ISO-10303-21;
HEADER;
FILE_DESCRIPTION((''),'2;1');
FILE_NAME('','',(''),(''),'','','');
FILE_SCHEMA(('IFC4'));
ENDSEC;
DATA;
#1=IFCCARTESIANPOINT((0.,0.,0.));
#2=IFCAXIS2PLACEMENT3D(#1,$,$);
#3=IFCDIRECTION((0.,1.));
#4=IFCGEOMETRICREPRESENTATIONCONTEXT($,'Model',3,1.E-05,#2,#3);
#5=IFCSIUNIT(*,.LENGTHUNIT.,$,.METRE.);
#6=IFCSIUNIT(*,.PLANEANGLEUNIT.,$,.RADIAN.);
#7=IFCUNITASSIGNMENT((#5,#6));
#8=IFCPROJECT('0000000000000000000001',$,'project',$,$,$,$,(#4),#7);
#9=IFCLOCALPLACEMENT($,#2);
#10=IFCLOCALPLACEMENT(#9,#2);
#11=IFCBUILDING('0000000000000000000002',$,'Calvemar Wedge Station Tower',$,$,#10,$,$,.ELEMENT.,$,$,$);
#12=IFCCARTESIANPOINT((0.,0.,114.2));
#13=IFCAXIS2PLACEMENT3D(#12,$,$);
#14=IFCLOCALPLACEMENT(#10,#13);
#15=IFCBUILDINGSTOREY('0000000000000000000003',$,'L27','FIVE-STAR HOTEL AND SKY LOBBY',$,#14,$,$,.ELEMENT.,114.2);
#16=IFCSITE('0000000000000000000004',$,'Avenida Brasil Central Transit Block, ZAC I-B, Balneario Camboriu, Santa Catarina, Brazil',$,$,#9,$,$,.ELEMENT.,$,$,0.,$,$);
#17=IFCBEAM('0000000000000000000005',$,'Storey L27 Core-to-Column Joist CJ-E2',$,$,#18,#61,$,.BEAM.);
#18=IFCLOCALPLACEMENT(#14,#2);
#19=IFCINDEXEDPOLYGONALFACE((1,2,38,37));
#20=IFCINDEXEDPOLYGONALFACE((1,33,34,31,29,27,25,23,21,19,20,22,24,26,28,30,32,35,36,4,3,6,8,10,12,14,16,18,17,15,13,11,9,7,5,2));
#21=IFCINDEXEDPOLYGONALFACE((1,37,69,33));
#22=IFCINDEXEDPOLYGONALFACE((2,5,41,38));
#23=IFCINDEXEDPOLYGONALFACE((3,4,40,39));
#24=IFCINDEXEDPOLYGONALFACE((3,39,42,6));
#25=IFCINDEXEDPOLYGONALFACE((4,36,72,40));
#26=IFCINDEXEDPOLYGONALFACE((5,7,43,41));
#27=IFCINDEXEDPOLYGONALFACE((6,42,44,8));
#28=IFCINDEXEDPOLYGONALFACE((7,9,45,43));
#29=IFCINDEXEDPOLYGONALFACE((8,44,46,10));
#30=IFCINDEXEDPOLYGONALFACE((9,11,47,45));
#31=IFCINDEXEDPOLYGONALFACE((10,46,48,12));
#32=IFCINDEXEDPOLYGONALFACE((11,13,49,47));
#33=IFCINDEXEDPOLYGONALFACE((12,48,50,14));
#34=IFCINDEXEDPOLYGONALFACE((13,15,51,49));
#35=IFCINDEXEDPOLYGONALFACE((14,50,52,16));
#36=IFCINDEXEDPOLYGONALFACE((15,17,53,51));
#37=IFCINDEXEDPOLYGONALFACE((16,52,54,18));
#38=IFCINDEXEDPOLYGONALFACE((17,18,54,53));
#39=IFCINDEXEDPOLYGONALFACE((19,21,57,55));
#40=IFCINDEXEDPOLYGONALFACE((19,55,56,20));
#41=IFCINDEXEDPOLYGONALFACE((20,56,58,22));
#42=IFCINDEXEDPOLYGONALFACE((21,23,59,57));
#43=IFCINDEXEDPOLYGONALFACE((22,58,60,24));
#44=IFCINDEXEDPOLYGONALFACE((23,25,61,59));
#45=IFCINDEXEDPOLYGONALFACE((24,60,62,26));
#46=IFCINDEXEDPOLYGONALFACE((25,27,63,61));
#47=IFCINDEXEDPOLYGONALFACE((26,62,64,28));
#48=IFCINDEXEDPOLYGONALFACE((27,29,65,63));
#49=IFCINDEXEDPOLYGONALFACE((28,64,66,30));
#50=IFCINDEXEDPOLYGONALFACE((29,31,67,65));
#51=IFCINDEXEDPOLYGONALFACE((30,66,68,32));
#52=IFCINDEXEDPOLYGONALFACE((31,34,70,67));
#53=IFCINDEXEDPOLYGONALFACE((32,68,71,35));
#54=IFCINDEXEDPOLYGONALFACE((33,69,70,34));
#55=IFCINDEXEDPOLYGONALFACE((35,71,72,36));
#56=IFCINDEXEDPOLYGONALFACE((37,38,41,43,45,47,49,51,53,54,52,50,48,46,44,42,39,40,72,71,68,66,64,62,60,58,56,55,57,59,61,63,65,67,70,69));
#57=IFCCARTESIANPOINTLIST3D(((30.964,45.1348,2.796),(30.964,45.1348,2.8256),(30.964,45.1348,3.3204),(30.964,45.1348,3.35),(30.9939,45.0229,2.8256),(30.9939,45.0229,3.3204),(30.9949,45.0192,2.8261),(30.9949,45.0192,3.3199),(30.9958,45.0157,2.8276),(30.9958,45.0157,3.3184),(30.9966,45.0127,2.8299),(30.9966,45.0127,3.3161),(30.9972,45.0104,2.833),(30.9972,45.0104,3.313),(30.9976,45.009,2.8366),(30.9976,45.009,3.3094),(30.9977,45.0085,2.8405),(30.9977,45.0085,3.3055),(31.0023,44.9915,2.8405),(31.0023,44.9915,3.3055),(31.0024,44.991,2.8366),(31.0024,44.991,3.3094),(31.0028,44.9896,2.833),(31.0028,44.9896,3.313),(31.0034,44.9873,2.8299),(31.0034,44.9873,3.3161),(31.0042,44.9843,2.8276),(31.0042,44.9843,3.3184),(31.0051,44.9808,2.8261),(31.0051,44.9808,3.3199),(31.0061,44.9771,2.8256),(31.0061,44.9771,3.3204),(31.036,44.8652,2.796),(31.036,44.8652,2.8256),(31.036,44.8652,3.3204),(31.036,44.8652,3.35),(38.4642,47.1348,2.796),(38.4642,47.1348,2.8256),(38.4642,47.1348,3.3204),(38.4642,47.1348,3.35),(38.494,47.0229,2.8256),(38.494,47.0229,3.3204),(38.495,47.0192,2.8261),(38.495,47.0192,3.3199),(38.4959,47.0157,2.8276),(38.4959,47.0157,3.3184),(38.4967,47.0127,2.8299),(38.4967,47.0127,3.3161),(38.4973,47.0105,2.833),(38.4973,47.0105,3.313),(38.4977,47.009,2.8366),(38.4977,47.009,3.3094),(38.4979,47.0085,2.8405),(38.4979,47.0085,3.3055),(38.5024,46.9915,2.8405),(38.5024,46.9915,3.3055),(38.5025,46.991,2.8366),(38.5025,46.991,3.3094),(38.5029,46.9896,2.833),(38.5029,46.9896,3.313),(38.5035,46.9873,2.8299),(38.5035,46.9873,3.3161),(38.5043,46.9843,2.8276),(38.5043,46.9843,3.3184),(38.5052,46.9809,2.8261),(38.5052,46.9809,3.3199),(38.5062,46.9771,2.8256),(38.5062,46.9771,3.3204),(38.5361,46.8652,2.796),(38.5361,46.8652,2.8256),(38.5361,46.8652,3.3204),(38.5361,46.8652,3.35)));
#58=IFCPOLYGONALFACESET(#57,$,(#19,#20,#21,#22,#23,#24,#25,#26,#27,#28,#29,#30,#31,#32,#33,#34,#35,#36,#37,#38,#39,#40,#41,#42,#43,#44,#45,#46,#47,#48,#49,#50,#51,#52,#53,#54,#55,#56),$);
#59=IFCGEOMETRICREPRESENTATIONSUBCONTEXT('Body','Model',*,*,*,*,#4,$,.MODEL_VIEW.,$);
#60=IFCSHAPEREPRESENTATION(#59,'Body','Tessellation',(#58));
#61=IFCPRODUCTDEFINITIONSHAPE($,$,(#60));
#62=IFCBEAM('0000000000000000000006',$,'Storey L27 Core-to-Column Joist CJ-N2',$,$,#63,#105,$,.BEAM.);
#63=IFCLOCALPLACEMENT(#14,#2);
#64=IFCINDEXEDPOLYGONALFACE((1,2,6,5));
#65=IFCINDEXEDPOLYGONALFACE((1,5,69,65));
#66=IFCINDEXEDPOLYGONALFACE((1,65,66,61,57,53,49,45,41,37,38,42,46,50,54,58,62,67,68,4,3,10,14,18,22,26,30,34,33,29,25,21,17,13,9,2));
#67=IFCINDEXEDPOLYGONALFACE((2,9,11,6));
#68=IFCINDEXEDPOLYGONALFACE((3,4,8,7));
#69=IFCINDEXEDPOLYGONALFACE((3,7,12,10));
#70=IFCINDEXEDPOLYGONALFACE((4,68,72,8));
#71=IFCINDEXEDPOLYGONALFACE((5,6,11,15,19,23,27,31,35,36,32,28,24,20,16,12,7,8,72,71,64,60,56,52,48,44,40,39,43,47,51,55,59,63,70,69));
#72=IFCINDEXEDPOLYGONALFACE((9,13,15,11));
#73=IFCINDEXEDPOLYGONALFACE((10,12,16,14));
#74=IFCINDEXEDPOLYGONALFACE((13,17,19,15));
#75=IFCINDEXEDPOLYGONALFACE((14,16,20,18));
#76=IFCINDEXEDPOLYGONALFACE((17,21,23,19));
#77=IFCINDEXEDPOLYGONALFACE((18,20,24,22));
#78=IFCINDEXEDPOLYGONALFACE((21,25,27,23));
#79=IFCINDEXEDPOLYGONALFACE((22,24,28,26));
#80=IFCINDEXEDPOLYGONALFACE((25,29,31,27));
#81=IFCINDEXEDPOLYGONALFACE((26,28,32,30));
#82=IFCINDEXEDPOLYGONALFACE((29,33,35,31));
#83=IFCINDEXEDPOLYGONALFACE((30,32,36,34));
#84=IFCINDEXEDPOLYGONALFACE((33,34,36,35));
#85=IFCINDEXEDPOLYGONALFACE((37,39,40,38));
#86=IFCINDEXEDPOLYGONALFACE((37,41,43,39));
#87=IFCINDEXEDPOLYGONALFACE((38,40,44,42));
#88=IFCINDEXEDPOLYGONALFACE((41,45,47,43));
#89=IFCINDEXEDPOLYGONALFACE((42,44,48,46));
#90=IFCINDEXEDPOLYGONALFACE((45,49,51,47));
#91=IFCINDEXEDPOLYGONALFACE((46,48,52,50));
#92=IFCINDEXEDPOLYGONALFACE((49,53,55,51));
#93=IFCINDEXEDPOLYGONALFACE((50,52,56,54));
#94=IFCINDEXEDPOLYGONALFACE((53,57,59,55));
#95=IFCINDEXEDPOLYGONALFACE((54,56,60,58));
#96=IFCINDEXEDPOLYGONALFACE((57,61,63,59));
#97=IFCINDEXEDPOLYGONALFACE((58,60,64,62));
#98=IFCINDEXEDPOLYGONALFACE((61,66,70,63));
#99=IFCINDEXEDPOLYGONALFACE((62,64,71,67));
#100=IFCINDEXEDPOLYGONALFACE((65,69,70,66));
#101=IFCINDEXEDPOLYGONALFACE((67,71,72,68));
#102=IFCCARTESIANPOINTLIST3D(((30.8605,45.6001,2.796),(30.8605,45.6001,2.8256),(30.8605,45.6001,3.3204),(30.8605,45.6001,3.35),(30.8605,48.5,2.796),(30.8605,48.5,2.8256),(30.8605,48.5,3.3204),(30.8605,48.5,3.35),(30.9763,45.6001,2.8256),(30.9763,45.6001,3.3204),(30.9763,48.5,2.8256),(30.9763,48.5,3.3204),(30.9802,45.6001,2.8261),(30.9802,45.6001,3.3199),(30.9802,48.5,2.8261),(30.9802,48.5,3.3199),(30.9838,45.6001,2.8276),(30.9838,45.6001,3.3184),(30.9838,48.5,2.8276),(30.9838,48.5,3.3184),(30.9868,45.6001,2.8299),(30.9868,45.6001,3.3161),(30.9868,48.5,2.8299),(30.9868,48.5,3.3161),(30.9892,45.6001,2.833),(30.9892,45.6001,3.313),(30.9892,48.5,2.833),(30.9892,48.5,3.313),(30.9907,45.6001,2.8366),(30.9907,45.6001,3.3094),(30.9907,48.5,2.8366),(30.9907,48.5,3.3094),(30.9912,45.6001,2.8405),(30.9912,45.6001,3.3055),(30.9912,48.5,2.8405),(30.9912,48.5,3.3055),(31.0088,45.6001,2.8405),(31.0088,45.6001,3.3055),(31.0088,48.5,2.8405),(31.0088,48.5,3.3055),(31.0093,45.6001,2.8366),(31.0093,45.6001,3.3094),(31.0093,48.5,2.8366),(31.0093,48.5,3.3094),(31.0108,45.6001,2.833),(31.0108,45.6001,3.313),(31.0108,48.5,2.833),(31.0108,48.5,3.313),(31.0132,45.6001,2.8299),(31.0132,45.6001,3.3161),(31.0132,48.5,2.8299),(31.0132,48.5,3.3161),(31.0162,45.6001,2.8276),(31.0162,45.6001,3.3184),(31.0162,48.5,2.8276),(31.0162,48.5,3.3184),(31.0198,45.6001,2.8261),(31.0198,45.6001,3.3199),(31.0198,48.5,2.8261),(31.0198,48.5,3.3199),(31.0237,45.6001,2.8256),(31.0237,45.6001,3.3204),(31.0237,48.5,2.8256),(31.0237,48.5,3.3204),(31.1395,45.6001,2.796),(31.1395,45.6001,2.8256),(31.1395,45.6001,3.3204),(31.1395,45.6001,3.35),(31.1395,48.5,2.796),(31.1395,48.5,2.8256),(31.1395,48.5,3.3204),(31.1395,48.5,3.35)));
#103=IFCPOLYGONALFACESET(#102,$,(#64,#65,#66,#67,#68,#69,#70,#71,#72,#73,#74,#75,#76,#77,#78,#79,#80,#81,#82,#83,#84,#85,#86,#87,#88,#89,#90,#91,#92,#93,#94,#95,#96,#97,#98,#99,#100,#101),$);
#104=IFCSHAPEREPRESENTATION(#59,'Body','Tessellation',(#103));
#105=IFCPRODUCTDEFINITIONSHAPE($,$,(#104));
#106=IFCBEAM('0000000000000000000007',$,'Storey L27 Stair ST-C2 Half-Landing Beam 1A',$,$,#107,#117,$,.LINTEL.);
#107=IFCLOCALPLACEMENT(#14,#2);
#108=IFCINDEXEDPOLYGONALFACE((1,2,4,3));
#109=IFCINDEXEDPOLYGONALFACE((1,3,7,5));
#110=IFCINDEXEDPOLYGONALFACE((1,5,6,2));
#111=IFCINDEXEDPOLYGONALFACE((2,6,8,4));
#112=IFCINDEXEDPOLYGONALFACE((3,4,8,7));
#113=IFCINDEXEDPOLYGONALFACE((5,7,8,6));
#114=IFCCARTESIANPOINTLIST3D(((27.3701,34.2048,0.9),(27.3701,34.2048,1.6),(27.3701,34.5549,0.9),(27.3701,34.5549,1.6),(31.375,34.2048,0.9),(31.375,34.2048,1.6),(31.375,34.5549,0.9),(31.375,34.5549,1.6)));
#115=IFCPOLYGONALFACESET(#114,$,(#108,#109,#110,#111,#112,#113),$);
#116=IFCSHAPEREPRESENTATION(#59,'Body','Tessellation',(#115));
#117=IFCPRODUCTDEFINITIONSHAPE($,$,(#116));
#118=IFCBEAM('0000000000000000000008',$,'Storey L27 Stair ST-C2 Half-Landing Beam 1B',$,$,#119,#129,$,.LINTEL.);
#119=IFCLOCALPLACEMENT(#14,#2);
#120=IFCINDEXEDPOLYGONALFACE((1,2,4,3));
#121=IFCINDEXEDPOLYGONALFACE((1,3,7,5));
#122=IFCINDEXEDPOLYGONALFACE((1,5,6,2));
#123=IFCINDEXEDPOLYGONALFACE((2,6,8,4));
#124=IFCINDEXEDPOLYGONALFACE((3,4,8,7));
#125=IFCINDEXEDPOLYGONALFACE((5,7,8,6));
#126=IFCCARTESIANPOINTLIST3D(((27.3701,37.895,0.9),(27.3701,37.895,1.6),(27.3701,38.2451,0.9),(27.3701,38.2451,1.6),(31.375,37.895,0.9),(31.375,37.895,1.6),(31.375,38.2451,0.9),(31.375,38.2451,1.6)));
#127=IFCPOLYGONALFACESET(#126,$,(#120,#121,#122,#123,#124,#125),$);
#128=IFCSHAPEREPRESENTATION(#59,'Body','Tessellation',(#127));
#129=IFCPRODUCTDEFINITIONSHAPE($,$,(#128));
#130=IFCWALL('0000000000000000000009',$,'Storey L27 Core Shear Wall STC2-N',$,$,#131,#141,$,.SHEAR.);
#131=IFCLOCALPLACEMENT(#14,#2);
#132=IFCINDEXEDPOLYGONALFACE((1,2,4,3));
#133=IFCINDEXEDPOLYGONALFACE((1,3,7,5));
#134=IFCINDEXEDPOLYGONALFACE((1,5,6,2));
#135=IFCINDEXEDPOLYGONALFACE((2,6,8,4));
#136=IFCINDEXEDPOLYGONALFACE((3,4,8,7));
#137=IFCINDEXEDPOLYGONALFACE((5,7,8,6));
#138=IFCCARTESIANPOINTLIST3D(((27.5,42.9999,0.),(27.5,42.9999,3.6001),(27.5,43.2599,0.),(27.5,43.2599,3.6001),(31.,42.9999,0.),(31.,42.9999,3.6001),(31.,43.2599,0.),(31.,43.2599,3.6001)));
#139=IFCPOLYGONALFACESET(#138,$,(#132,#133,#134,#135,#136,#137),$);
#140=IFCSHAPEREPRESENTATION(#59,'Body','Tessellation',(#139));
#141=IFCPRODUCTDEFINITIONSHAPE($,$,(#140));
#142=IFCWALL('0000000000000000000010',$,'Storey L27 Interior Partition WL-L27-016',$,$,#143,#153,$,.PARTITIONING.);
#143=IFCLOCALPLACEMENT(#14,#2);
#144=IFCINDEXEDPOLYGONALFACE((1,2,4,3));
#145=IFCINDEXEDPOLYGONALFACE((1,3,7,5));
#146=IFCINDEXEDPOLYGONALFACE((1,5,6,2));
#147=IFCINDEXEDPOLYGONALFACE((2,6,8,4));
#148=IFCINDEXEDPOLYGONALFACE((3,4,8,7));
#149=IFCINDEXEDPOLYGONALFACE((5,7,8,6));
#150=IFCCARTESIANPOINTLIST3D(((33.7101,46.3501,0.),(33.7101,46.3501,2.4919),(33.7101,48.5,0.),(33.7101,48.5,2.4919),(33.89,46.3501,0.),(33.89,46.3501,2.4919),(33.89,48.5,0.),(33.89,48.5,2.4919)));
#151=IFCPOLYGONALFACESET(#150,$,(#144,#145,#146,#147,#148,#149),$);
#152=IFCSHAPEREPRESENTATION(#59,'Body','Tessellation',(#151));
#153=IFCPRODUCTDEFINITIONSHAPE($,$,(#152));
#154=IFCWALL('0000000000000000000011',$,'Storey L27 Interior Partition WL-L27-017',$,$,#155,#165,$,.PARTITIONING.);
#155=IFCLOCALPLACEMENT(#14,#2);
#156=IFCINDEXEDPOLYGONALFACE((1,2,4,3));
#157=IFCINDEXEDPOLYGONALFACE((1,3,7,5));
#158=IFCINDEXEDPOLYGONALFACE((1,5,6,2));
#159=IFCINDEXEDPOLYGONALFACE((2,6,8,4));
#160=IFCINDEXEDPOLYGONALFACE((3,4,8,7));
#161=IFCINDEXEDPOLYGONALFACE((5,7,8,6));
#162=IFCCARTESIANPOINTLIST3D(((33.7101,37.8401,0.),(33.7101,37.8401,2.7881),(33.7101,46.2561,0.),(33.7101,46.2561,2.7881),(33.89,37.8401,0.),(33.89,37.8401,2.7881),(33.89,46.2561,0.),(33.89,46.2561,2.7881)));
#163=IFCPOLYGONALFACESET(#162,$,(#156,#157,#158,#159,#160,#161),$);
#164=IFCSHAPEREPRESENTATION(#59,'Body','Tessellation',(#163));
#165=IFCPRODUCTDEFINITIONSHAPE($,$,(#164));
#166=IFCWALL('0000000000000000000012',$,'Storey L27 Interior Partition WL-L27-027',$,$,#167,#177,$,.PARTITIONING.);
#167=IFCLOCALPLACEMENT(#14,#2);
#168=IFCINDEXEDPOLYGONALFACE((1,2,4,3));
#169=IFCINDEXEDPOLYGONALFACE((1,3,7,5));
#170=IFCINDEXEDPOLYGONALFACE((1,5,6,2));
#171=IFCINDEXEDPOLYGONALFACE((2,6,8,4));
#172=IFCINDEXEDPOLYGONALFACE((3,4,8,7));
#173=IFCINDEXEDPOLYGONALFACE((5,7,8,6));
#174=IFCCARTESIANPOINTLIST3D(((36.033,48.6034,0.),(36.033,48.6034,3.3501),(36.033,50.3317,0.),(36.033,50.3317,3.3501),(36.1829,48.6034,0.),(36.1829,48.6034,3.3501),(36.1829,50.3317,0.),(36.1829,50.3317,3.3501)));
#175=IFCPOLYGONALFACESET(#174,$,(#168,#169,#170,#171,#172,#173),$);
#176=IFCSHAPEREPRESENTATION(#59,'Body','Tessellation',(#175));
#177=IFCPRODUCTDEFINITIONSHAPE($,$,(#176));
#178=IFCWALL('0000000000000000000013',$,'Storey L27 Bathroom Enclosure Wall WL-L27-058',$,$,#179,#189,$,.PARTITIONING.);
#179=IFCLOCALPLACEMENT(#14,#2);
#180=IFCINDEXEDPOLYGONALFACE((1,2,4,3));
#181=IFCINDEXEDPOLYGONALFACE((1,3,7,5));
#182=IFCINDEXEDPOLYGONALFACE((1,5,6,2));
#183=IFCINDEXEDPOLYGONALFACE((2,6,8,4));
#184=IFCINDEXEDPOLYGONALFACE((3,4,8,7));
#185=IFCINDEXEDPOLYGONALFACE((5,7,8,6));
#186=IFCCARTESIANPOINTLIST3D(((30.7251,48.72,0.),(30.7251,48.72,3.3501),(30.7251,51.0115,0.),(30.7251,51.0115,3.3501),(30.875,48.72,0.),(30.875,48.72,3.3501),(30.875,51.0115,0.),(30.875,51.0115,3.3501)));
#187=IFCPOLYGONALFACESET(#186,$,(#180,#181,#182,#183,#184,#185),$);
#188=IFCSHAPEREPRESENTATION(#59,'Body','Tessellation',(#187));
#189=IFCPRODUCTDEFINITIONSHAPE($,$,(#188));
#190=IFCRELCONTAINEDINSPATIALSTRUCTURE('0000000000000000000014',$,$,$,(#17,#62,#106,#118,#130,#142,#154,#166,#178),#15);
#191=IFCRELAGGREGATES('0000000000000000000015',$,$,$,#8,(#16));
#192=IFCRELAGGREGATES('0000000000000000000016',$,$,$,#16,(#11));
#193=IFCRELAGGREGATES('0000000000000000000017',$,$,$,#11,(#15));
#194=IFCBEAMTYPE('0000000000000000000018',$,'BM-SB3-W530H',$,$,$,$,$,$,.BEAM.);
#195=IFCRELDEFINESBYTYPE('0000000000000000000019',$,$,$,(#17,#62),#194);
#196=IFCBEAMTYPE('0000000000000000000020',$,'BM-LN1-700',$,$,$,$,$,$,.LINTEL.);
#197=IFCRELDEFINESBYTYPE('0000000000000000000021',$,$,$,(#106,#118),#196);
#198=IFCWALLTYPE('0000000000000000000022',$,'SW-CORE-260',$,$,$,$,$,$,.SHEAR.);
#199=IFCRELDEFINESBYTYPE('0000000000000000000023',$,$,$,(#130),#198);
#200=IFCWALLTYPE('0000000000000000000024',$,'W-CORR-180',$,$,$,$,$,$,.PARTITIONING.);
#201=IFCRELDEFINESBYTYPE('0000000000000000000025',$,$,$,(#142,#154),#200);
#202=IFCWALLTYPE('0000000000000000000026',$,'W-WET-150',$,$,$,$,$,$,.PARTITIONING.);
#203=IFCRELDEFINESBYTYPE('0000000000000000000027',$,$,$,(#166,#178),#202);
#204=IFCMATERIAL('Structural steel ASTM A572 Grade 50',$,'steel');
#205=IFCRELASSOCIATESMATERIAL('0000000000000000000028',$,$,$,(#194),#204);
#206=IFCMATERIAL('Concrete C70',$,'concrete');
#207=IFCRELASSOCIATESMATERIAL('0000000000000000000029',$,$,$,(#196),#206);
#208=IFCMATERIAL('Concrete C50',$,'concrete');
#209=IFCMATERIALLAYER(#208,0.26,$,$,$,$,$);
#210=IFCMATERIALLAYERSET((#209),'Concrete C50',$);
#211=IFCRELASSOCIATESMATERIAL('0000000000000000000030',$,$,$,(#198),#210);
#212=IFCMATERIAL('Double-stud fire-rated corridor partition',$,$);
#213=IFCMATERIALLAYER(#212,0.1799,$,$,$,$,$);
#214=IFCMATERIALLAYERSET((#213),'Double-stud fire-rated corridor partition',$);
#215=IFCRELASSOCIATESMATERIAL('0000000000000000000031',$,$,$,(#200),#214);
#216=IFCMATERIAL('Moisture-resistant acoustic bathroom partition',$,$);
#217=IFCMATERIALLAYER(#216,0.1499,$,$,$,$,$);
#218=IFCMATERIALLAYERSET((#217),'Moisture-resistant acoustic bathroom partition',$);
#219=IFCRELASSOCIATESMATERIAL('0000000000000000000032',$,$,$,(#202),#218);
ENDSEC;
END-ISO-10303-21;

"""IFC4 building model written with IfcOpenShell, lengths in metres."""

from ifc_helpers import new_model, si_unit, direction, frame, frame_2d, origin, origin_2d, place, context, subcontext, project, spatial, rectangle, i_section, extrude, source, transform, mapped, material, layer, layer_set, material_profile, profile_set, type_object, element, save


model = new_model("IFC4")

# Units and contexts
model_context = context("Model", 3, precision=1e-05, world=origin(), true_north=direction((0.0, 1.0)))
body_context = subcontext(model_context, "Body", "Model", "MODEL_VIEW")
ifc_project = project(units=[si_unit("LENGTHUNIT", "METRE"), si_unit("PLANEANGLEUNIT", "RADIAN")], contexts=[model_context])

# Site, building, storey
site_placement = place(None, origin())
site = spatial("IfcSite", under=ifc_project, at=site_placement, Name="Avenida Brasil Central Transit Block, ZAC I-B, Balneario Camboriu, Santa Catarina, Brazil", CompositionType="ELEMENT", RefElevation=0.0)
building_placement = place(site_placement, origin())
building = spatial("IfcBuilding", under=site, at=building_placement, Name="Calvemar Wedge Station Tower", CompositionType="ELEMENT")
storey_placement = place(building_placement, frame((0.0, 0.0, 114.2)))
storey = spatial("IfcBuildingStorey", under=building, at=storey_placement, Name="L27", Description="FIVE-STAR HOTEL AND SKY LOBBY", CompositionType="ELEMENT", Elevation=114.2)

# Shared definitions
ifc_material_1 = material(Name="Concrete C50", Category="concrete")

# Beams
ifc_material_2 = material(Name="Structural steel ASTM A572 Grade 50", Category="steel")
ifc_material_profile_1 = material_profile(ifc_material_2, i_section(OverallWidth=0.2791, OverallDepth=0.554, WebThickness=0.0176, FlangeThickness=0.0295, FilletRadius=0.0149, at=origin_2d()), Name="W530x196")
ifc_profile_set_1 = profile_set([ifc_material_profile_1], Name="Structural steel ASTM A572 Grade 50")
beam_type_1 = type_object("IfcBeamType", Name="BM-SB3-W530H", PredefinedType="BEAM", material=ifc_profile_set_1)
shared_shape_1 = source(origin(), body_context, "Body", "SweptSolid", [
    extrude(i_section(OverallWidth=0.2791, OverallDepth=0.554, WebThickness=0.0176, FlangeThickness=0.0295, FilletRadius=0.0149, at=origin_2d()), origin(), (0.0, 0.0, 1.0), 7.7622),
])
beam_1_placement = place(storey_placement, frame((31.0, 45.0, 3.073), z_axis=(0.966235, 0.257663, 0.0), x_axis=(-0.257663, 0.966235, 0.0)))
element("IfcBeam", 1, at=beam_1_placement, inside=storey, type_object=beam_type_1, Name="Storey L27 Core-to-Column Joist CJ-E2", PredefinedType="BEAM", context=body_context, shape_type="MappedRepresentation", body=[
    mapped(shared_shape_1, transform((0.0, 0.0, 0.0), scale=1.0)),
])
shared_shape_2 = source(origin(), body_context, "Body", "SweptSolid", [
    extrude(i_section(OverallWidth=0.2791, OverallDepth=0.554, WebThickness=0.0176, FlangeThickness=0.0295, FilletRadius=0.0149, at=origin_2d()), origin(), (0.0, 0.0, 1.0), 2.8999),
])
beam_2_placement = place(storey_placement, frame((31.0, 45.6001, 3.073), z_axis=(0.0, 1.0, 0.0), x_axis=(-1.0, 0.0, 0.0)))
element("IfcBeam", 2, at=beam_2_placement, inside=storey, type_object=beam_type_1, Name="Storey L27 Core-to-Column Joist CJ-N2", PredefinedType="BEAM", context=body_context, shape_type="MappedRepresentation", body=[
    mapped(shared_shape_2, transform((0.0, 0.0, 0.0), scale=1.0)),
])
ifc_material_3 = material(Name="Concrete C70", Category="concrete")
ifc_material_profile_2 = material_profile(ifc_material_3, rectangle(XDim=0.3501, YDim=0.7, at=origin_2d()), Name="RC350x700")
ifc_profile_set_2 = profile_set([ifc_material_profile_2], Name="Concrete C70")
beam_type_2 = type_object("IfcBeamType", Name="BM-LN1-700", PredefinedType="LINTEL", material=ifc_profile_set_2)
shared_shape_3 = source(origin(), body_context, "Body", "SweptSolid", [
    extrude(rectangle(XDim=0.3501, YDim=0.7, at=origin_2d()), origin(), (0.0, 0.0, 1.0), 4.0049),
])
for number, where, z_axis, x_axis, name in (
    (3, (27.3701, 34.3799, 1.25), (1.0, 0.0, 0.0), (0.0, 1.0, 0.0), "Storey L27 Stair ST-C2 Half-Landing Beam 1A"),
    (4, (27.3701, 38.0701, 1.25), (1.0, 0.0, 0.0), (0.0, 1.0, 0.0), "Storey L27 Stair ST-C2 Half-Landing Beam 1B"),
):
    element("IfcBeam", number, at=place(storey_placement, frame(where, z_axis=z_axis, x_axis=x_axis)), inside=storey, type_object=beam_type_2, Name=name, PredefinedType="LINTEL", context=body_context, shape_type="MappedRepresentation", body=[
        mapped(shared_shape_3, transform((0.0, 0.0, 0.0), scale=1.0)),
    ])

# Wall
ifc_layer_1 = layer(ifc_material_1, 0.26)
ifc_layer_set_1 = layer_set([ifc_layer_1], Name="Concrete C50")
wall_type_1 = type_object("IfcWallType", Name="SW-CORE-260", PredefinedType="SHEAR", material=ifc_layer_set_1)
wall_1_placement = place(storey_placement, frame((27.5, 43.1299, 0.0), z_axis=(0.0, 0.0, 1.0), x_axis=(1.0, 0.0, 0.0)))
element("IfcWall", 5, at=wall_1_placement, inside=storey, type_object=wall_type_1, Name="Storey L27 Core Shear Wall STC2-N", PredefinedType="SHEAR", context=body_context, shape_type="SweptSolid", body=[
    extrude(rectangle(XDim=3.5, YDim=0.26, at=frame_2d((1.75, 0.0))), origin(), (0.0, 0.0, 1.0), 3.6001),
])

# Walls
ifc_material_4 = material(Name="Double-stud fire-rated corridor partition")
ifc_layer_2 = layer(ifc_material_4, 0.1799)
ifc_layer_set_2 = layer_set([ifc_layer_2], Name="Double-stud fire-rated corridor partition")
wall_type_2 = type_object("IfcWallType", Name="W-CORR-180", PredefinedType="PARTITIONING", material=ifc_layer_set_2)
wall_2_placement = place(storey_placement, frame((33.8, 48.5, 0.0), z_axis=(0.0, 0.0, 1.0), x_axis=(0.0, -1.0, 0.0)))
element("IfcWall", 6, at=wall_2_placement, inside=storey, type_object=wall_type_2, Name="Storey L27 Interior Partition WL-L27-016", PredefinedType="PARTITIONING", context=body_context, shape_type="SweptSolid", body=[
    extrude(rectangle(XDim=2.1499, YDim=0.1799, at=frame_2d((1.075, 0.0))), origin(), (0.0, 0.0, 1.0), 2.4919),
])
wall_3_placement = place(storey_placement, frame((33.8, 46.2561, 0.0), z_axis=(0.0, 0.0, 1.0), x_axis=(0.0, -1.0, 0.0)))
element("IfcWall", 7, at=wall_3_placement, inside=storey, type_object=wall_type_2, Name="Storey L27 Interior Partition WL-L27-017", PredefinedType="PARTITIONING", context=body_context, shape_type="SweptSolid", body=[
    extrude(rectangle(XDim=8.416, YDim=0.1799, at=frame_2d((4.208, 0.0))), origin(), (0.0, 0.0, 1.0), 2.7881),
])

# Shared definitions
ifc_material_5 = material(Name="Moisture-resistant acoustic bathroom partition")
ifc_layer_3 = layer(ifc_material_5, 0.1499)
ifc_layer_set_3 = layer_set([ifc_layer_3], Name="Moisture-resistant acoustic bathroom partition")
wall_type_3 = type_object("IfcWallType", Name="W-WET-150", PredefinedType="PARTITIONING", material=ifc_layer_set_3)

# Walls
wall_4_placement = place(storey_placement, frame((36.1079, 50.3318, 0.0), z_axis=(0.0, 0.0, 1.0), x_axis=(0.0, -1.0, 0.0)))
element("IfcWall", 8, at=wall_4_placement, inside=storey, type_object=wall_type_3, Name="Storey L27 Interior Partition WL-L27-027", PredefinedType="PARTITIONING", context=body_context, shape_type="SweptSolid", body=[
    extrude(rectangle(XDim=1.7283, YDim=0.1499, at=frame_2d((0.8643, 0.0))), origin(), (0.0, 0.0, 1.0), 3.3501),
])
wall_5_placement = place(storey_placement, frame((30.8, 51.0115, 0.0), z_axis=(0.0, 0.0, 1.0), x_axis=(0.0, -1.0, 0.0)))
element("IfcWall", 9, at=wall_5_placement, inside=storey, type_object=wall_type_3, Name="Storey L27 Bathroom Enclosure Wall WL-L27-058", PredefinedType="PARTITIONING", context=body_context, shape_type="SweptSolid", body=[
    extrude(rectangle(XDim=2.2915, YDim=0.1499, at=frame_2d((1.1458, 0.0))), origin(), (0.0, 0.0, 1.0), 3.3501),
])

save(model, "model.ifc")
